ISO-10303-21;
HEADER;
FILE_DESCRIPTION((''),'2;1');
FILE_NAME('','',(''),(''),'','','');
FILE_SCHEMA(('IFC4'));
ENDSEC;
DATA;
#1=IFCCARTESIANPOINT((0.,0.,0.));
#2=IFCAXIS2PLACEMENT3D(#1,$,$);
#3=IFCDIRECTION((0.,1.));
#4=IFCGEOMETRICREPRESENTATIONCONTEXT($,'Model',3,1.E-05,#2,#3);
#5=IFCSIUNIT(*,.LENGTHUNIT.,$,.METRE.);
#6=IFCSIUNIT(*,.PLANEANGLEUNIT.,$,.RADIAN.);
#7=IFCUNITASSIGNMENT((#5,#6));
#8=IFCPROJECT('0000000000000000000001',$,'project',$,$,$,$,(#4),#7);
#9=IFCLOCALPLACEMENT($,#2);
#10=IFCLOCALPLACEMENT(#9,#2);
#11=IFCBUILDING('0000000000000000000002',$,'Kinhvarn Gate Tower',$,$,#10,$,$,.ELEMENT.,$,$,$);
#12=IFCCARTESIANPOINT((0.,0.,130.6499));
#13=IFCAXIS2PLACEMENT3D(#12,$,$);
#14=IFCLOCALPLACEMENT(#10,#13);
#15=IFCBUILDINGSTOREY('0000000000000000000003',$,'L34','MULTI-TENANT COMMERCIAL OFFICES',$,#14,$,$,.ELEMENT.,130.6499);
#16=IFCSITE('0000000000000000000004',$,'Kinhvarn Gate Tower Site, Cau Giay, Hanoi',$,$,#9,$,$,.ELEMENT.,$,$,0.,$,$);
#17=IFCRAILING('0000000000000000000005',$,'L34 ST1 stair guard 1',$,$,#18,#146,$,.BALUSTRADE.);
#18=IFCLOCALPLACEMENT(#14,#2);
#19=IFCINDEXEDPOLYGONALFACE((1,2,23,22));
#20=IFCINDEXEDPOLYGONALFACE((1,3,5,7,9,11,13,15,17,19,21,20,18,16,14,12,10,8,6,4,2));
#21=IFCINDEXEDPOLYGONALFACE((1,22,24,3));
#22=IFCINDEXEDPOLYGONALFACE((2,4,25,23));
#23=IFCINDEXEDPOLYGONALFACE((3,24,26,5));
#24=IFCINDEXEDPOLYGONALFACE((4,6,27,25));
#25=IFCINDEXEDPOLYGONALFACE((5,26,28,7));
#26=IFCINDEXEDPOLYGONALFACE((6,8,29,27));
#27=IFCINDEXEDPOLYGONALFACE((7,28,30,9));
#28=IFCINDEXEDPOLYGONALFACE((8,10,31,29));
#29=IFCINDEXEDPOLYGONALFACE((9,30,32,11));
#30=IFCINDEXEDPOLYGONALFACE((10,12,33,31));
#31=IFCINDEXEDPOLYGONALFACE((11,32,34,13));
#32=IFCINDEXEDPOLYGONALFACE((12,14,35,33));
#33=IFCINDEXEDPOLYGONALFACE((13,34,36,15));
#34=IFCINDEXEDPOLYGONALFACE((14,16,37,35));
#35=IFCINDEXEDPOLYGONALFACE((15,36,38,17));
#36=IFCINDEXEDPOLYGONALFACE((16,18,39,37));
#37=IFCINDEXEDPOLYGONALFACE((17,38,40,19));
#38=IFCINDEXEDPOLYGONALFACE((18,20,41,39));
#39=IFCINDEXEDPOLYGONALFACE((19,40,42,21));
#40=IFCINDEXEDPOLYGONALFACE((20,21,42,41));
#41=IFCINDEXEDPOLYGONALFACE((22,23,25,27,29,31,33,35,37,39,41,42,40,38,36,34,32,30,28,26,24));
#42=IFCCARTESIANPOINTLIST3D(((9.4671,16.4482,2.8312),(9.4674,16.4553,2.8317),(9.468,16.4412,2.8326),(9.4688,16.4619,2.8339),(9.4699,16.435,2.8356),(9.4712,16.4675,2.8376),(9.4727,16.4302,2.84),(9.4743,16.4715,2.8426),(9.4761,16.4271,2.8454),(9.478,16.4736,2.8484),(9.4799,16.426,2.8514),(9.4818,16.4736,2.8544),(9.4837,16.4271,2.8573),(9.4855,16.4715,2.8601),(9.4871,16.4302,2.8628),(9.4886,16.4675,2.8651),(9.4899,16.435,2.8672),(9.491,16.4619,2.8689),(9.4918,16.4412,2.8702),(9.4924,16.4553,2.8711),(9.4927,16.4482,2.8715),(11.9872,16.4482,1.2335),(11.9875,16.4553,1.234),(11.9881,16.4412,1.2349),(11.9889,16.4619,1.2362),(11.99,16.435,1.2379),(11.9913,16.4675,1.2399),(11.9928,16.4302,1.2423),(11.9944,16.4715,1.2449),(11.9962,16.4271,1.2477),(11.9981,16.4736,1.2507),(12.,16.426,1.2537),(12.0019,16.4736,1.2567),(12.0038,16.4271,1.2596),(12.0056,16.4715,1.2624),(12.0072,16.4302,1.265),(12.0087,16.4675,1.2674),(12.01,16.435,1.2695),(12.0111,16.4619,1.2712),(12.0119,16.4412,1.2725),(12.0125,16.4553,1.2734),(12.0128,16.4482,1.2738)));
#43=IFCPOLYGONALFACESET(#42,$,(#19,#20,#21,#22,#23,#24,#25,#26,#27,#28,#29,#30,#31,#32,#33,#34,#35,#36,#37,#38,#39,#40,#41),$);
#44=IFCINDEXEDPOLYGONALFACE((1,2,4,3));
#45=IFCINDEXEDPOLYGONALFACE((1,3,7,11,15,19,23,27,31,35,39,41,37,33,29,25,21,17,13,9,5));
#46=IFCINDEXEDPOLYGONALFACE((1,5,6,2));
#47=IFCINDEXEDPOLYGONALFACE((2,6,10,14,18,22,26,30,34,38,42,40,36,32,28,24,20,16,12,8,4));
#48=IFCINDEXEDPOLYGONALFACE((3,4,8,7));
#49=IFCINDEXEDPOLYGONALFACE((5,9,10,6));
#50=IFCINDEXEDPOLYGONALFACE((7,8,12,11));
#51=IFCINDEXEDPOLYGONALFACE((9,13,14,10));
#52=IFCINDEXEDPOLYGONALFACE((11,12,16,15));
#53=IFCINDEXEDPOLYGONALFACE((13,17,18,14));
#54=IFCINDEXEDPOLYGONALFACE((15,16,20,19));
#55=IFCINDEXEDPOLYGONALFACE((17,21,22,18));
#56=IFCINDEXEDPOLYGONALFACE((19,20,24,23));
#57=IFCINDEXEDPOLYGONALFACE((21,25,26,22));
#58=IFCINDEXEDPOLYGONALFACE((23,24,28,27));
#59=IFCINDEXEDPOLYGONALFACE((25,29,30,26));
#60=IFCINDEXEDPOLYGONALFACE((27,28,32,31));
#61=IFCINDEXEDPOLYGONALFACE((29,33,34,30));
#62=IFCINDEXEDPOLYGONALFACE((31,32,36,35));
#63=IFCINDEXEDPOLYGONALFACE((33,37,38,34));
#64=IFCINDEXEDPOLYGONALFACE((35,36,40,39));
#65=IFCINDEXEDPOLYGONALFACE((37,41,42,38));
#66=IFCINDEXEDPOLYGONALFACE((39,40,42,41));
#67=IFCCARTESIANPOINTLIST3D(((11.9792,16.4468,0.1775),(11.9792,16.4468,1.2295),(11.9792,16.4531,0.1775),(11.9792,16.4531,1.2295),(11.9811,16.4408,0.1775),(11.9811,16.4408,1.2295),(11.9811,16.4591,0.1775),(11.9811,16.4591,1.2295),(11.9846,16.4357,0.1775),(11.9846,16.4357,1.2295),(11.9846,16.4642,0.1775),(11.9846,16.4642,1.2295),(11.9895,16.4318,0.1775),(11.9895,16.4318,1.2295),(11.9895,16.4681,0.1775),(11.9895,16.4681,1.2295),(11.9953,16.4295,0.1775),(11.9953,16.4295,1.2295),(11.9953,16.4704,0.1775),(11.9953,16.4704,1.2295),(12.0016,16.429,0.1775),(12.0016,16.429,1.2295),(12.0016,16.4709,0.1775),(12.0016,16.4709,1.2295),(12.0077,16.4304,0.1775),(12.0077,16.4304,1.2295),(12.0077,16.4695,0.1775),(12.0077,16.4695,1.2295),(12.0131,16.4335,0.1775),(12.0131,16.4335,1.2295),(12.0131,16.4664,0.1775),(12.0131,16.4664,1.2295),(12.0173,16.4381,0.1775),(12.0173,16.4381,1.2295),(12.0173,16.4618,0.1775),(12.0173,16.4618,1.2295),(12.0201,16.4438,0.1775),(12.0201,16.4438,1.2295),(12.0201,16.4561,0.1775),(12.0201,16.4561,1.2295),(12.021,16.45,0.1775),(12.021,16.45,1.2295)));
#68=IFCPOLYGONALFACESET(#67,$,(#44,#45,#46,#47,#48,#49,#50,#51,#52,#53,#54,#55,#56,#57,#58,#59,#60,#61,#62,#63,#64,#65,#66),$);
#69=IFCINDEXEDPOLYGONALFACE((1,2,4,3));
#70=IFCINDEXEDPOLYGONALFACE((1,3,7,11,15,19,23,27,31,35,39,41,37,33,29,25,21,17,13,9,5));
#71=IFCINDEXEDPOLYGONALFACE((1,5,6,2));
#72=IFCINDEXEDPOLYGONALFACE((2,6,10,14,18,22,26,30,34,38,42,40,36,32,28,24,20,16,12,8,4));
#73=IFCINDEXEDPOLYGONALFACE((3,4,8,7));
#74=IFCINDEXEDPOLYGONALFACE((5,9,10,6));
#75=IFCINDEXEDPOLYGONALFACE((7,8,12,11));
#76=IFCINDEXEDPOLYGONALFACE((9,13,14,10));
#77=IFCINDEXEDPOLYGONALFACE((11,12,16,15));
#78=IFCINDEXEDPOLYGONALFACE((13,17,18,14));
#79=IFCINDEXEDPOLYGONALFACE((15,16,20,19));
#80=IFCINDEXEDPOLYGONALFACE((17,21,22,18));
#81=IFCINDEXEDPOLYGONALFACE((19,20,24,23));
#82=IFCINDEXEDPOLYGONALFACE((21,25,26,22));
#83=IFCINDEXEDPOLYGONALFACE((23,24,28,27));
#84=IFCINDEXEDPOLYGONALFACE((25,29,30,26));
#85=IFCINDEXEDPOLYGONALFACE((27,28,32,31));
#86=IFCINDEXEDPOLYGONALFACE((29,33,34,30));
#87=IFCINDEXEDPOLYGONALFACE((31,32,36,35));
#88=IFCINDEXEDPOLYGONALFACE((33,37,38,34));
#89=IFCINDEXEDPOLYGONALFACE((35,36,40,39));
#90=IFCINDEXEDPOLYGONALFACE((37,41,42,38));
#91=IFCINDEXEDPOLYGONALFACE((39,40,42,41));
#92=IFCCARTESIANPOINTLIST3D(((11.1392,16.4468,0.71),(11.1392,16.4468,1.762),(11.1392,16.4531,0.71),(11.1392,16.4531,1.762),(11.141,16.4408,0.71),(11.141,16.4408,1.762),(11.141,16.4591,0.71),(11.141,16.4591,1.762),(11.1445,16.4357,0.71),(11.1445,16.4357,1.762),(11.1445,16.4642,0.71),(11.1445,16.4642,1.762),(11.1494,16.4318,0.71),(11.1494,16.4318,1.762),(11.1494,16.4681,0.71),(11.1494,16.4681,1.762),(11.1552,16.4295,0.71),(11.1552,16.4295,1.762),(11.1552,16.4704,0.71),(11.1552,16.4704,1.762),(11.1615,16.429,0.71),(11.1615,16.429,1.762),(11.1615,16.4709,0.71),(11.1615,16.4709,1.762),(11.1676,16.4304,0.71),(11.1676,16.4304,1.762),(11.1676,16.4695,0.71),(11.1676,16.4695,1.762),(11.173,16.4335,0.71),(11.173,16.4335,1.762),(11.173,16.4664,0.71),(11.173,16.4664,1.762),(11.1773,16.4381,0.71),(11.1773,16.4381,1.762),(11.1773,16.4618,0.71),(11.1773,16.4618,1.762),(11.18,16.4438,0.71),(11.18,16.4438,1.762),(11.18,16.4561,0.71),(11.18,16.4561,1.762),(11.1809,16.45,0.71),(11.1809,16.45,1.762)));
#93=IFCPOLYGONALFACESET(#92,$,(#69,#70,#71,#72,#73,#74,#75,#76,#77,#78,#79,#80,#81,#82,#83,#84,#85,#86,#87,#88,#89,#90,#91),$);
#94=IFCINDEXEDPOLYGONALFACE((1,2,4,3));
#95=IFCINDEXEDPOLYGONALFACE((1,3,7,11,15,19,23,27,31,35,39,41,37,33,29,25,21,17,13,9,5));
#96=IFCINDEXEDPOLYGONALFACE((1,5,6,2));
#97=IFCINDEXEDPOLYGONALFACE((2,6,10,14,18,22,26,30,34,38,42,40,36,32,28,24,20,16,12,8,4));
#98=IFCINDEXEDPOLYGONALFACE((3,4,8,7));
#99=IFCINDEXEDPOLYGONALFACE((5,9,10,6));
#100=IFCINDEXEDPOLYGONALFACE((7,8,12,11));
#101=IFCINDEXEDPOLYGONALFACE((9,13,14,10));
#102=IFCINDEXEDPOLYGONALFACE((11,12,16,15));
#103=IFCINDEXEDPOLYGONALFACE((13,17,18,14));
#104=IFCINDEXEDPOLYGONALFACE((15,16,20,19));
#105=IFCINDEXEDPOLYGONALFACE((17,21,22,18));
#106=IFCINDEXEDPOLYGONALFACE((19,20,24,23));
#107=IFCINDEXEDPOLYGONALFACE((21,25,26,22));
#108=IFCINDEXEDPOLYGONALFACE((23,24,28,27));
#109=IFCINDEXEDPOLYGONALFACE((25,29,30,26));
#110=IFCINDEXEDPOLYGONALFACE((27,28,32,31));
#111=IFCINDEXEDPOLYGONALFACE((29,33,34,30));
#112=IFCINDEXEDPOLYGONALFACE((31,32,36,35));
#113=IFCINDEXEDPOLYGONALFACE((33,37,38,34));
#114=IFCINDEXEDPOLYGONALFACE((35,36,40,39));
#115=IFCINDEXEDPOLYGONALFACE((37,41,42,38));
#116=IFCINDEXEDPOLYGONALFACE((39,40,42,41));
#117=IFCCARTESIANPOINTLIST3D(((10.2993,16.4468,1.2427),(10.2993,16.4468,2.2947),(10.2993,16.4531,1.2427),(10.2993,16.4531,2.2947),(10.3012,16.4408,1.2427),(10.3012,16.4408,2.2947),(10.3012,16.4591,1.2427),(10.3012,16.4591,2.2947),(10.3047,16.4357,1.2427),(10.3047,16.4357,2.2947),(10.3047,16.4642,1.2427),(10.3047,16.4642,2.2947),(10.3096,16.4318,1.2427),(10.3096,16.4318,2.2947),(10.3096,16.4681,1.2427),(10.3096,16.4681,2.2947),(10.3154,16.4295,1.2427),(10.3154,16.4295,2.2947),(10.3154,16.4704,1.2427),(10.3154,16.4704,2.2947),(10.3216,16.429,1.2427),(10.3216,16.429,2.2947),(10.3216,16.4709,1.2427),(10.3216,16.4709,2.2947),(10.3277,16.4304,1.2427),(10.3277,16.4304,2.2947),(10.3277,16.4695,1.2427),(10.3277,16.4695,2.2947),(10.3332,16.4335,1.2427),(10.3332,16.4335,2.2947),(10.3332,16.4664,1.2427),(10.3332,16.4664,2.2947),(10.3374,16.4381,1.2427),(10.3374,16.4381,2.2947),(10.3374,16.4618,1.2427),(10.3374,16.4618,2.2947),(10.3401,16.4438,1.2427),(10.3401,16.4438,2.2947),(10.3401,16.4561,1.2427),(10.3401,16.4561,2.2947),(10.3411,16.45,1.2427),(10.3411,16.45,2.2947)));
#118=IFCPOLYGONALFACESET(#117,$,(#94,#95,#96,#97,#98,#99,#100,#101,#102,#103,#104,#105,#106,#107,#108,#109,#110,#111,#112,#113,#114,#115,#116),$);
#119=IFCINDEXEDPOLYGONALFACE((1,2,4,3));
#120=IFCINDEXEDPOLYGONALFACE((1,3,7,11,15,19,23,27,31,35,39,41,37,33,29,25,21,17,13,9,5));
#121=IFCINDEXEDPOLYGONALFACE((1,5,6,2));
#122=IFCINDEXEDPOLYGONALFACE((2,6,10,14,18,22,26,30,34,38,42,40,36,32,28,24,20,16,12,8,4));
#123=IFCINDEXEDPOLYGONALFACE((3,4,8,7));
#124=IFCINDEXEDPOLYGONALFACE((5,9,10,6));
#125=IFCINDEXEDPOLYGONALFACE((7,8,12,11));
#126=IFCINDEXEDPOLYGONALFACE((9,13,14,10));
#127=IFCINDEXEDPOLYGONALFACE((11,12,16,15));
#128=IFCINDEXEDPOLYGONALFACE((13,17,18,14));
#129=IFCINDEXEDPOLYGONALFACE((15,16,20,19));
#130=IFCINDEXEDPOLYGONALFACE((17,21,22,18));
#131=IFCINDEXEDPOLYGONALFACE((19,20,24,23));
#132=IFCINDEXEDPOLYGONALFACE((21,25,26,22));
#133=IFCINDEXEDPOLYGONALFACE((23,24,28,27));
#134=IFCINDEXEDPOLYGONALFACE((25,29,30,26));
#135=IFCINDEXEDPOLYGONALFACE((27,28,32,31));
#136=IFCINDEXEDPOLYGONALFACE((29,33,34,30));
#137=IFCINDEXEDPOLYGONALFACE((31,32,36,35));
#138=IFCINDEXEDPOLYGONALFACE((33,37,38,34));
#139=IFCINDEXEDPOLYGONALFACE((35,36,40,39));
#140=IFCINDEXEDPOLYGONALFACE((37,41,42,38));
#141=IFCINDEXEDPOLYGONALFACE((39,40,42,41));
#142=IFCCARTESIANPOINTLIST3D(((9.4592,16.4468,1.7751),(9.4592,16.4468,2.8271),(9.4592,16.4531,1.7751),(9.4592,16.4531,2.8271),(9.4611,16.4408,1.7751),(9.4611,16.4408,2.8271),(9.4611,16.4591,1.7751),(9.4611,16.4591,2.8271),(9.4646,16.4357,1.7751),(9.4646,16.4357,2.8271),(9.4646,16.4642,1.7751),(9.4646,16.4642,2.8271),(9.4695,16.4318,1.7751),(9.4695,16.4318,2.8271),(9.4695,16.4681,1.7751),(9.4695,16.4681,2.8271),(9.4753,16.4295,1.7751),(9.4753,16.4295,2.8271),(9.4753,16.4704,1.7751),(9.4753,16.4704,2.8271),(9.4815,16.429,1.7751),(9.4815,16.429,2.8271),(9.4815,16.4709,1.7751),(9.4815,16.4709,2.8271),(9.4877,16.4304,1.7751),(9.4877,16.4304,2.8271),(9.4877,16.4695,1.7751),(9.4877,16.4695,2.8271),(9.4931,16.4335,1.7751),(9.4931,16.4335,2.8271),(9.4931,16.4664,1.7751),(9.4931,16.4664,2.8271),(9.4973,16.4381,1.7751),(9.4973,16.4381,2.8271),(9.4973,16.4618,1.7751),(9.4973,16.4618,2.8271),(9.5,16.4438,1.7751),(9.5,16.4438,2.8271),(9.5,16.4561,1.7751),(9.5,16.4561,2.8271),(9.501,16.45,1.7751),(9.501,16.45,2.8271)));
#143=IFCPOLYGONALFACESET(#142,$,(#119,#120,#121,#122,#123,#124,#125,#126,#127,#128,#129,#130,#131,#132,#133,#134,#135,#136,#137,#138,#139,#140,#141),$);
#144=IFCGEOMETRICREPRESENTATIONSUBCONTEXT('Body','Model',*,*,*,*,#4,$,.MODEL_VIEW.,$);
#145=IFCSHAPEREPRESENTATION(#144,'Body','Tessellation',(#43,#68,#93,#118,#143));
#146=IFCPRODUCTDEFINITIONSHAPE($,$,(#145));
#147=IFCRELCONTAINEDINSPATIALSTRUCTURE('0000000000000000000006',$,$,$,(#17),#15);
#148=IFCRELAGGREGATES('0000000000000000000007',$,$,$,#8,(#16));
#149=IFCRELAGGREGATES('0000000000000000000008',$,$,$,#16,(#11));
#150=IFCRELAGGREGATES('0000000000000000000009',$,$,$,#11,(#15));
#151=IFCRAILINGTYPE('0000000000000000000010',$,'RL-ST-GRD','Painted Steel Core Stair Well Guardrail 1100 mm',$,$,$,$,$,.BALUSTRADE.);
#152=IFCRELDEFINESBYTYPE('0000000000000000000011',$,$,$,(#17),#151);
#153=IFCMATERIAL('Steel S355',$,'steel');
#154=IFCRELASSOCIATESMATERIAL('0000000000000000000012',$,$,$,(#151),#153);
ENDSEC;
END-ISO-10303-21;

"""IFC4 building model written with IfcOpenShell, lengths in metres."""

from ifc_helpers import new_model, si_unit, direction, frame, origin, origin_2d, place, context, subcontext, project, spatial, circle, extrude, material, type_object, element, save


model = new_model("IFC4")

# Units and contexts
model_context = context("Model", 3, precision=1e-05, world=origin(), true_north=direction((0.0, 1.0)))
body_context = subcontext(model_context, "Body", "Model", "MODEL_VIEW")
ifc_project = project(units=[si_unit("LENGTHUNIT", "METRE"), si_unit("PLANEANGLEUNIT", "RADIAN")], contexts=[model_context])

# Site, building, storey
site_placement = place(None, origin())
site = spatial("IfcSite", under=ifc_project, at=site_placement, Name="Kinhvarn Gate Tower Site, Cau Giay, Hanoi", CompositionType="ELEMENT", RefElevation=0.0)
building_placement = place(site_placement, origin())
building = spatial("IfcBuilding", under=site, at=building_placement, Name="Kinhvarn Gate Tower", CompositionType="ELEMENT")
storey_placement = place(building_placement, frame((0.0, 0.0, 130.6499)))
storey = spatial("IfcBuildingStorey", under=building, at=storey_placement, Name="L34", Description="MULTI-TENANT COMMERCIAL OFFICES", CompositionType="ELEMENT", Elevation=130.6499)

# Shared definitions
ifc_material_1 = material(Name="Steel S355", Category="steel")

# Railing
railing_type_1 = type_object("IfcRailingType", Name="RL-ST-GRD", Description="Painted Steel Core Stair Well Guardrail 1100 mm", PredefinedType="BALUSTRADE", material=ifc_material_1)
railing_1_placement = place(storey_placement, frame((12.0, 16.45, 0.1775)))
element("IfcRailing", 1, at=railing_1_placement, inside=storey, type_object=railing_type_1, Name="L34 ST1 stair guard 1", PredefinedType="BALUSTRADE", context=body_context, shape_type="SweptSolid", body=[
    extrude(circle(Radius=0.0239, at=origin_2d()), frame((0.0, 0.0, 1.0762), z_axis=(-0.84457, 0.0, 0.535445), x_axis=(0.0, -1.0, 0.0)), (0.0, 0.0, 1.0), 2.9839),
    extrude(circle(Radius=0.021, at=origin_2d()), origin(), (0.0, 0.0, 1.0), 1.052),
    extrude(circle(Radius=0.021, at=origin_2d()), frame((-0.8401, 0.0, 0.5325)), (0.0, 0.0, 1.0), 1.052),
    extrude(circle(Radius=0.021, at=origin_2d()), frame((-1.6799, 0.0, 1.0652)), (0.0, 0.0, 1.0), 1.052),
    extrude(circle(Radius=0.021, at=origin_2d()), frame((-2.52, 0.0, 1.5977)), (0.0, 0.0, 1.0), 1.052),
])

save(model, "model.ifc")
